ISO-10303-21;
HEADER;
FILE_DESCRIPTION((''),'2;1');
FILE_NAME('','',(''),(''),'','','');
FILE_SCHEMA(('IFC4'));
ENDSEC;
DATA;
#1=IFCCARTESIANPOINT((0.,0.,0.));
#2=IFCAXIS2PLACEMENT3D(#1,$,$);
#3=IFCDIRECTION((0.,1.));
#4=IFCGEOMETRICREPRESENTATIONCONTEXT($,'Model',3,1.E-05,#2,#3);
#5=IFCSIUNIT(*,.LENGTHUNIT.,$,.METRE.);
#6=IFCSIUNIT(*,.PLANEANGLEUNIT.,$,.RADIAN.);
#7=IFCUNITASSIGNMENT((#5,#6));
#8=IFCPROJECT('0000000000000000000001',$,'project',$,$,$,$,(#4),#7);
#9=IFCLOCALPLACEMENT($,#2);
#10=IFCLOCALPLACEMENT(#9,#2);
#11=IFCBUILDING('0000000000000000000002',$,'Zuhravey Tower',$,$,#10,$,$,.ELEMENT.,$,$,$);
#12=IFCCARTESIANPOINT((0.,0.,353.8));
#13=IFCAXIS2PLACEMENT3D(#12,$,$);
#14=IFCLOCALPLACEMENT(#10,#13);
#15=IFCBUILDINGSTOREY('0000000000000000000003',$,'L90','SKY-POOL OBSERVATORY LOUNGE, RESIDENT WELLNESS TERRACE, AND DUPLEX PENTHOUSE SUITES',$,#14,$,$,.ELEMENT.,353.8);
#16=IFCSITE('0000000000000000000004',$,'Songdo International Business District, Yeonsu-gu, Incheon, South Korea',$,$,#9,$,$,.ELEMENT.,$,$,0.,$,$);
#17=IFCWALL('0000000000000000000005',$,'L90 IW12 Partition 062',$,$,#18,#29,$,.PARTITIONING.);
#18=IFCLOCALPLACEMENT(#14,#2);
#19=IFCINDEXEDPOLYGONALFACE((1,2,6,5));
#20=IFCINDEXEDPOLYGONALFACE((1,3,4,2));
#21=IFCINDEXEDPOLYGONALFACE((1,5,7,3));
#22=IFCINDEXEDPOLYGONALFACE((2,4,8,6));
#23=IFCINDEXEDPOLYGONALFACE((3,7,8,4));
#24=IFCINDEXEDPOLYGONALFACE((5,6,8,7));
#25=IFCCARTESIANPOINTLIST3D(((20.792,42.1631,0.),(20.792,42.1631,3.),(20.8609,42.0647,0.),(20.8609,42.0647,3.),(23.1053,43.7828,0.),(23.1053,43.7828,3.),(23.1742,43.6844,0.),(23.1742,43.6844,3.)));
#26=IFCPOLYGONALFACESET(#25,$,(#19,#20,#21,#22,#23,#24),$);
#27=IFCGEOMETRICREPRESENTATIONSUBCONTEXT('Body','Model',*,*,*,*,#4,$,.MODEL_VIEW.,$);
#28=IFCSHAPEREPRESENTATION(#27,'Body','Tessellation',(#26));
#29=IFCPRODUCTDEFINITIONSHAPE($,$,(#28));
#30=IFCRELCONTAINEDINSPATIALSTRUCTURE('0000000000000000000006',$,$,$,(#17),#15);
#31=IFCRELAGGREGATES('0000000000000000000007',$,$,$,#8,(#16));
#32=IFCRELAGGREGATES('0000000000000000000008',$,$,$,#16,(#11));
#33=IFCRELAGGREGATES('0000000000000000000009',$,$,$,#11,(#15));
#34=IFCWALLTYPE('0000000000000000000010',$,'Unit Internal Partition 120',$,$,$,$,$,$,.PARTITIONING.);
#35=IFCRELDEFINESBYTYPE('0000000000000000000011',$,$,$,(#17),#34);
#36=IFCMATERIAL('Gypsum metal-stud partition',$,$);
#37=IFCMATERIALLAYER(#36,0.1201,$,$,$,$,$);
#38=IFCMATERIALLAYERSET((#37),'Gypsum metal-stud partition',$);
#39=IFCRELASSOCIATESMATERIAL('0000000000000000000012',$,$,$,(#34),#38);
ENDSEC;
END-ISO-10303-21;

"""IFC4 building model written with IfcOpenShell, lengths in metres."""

from ifc_helpers import new_model, si_unit, direction, frame, frame_2d, origin, place, context, subcontext, project, spatial, rectangle, extrude, material, layer, layer_set, type_object, element, save


model = new_model("IFC4")

# Units and contexts
model_context = context("Model", 3, precision=1e-05, world=origin(), true_north=direction((0.0, 1.0)))
body_context = subcontext(model_context, "Body", "Model", "MODEL_VIEW")
ifc_project = project(units=[si_unit("LENGTHUNIT", "METRE"), si_unit("PLANEANGLEUNIT", "RADIAN")], contexts=[model_context])

# Site, building, storey
site_placement = place(None, origin())
site = spatial("IfcSite", under=ifc_project, at=site_placement, Name="Songdo International Business District, Yeonsu-gu, Incheon, South Korea", CompositionType="ELEMENT", RefElevation=0.0)
building_placement = place(site_placement, origin())
building = spatial("IfcBuilding", under=site, at=building_placement, Name="Zuhravey Tower", CompositionType="ELEMENT")
storey_placement = place(building_placement, frame((0.0, 0.0, 353.8)))
storey = spatial("IfcBuildingStorey", under=building, at=storey_placement, Name="L90", Description="SKY-POOL OBSERVATORY LOUNGE, RESIDENT WELLNESS TERRACE, AND DUPLEX PENTHOUSE SUITES", CompositionType="ELEMENT", Elevation=353.8)

# Wall
ifc_material_1 = material(Name="Gypsum metal-stud partition")
ifc_layer_1 = layer(ifc_material_1, 0.1201)
ifc_layer_set_1 = layer_set([ifc_layer_1], Name="Gypsum metal-stud partition")
wall_type_1 = type_object("IfcWallType", Name="Unit Internal Partition 120", PredefinedType="PARTITIONING", material=ifc_layer_set_1)
wall_1_placement = place(storey_placement, frame((23.1399, 43.7336, 0.0), z_axis=(0.0, 0.0, 1.0), x_axis=(-0.819171, -0.573549, 0.0)))
element("IfcWall", 1, at=wall_1_placement, inside=storey, type_object=wall_type_1, Name="L90 IW12 Partition 062", PredefinedType="PARTITIONING", context=body_context, shape_type="SweptSolid", body=[
    extrude(rectangle(XDim=2.824, YDim=0.1201, at=frame_2d((1.4121, 0.0))), origin(), (0.0, 0.0, 1.0), 3.0),
])

save(model, "model.ifc")
